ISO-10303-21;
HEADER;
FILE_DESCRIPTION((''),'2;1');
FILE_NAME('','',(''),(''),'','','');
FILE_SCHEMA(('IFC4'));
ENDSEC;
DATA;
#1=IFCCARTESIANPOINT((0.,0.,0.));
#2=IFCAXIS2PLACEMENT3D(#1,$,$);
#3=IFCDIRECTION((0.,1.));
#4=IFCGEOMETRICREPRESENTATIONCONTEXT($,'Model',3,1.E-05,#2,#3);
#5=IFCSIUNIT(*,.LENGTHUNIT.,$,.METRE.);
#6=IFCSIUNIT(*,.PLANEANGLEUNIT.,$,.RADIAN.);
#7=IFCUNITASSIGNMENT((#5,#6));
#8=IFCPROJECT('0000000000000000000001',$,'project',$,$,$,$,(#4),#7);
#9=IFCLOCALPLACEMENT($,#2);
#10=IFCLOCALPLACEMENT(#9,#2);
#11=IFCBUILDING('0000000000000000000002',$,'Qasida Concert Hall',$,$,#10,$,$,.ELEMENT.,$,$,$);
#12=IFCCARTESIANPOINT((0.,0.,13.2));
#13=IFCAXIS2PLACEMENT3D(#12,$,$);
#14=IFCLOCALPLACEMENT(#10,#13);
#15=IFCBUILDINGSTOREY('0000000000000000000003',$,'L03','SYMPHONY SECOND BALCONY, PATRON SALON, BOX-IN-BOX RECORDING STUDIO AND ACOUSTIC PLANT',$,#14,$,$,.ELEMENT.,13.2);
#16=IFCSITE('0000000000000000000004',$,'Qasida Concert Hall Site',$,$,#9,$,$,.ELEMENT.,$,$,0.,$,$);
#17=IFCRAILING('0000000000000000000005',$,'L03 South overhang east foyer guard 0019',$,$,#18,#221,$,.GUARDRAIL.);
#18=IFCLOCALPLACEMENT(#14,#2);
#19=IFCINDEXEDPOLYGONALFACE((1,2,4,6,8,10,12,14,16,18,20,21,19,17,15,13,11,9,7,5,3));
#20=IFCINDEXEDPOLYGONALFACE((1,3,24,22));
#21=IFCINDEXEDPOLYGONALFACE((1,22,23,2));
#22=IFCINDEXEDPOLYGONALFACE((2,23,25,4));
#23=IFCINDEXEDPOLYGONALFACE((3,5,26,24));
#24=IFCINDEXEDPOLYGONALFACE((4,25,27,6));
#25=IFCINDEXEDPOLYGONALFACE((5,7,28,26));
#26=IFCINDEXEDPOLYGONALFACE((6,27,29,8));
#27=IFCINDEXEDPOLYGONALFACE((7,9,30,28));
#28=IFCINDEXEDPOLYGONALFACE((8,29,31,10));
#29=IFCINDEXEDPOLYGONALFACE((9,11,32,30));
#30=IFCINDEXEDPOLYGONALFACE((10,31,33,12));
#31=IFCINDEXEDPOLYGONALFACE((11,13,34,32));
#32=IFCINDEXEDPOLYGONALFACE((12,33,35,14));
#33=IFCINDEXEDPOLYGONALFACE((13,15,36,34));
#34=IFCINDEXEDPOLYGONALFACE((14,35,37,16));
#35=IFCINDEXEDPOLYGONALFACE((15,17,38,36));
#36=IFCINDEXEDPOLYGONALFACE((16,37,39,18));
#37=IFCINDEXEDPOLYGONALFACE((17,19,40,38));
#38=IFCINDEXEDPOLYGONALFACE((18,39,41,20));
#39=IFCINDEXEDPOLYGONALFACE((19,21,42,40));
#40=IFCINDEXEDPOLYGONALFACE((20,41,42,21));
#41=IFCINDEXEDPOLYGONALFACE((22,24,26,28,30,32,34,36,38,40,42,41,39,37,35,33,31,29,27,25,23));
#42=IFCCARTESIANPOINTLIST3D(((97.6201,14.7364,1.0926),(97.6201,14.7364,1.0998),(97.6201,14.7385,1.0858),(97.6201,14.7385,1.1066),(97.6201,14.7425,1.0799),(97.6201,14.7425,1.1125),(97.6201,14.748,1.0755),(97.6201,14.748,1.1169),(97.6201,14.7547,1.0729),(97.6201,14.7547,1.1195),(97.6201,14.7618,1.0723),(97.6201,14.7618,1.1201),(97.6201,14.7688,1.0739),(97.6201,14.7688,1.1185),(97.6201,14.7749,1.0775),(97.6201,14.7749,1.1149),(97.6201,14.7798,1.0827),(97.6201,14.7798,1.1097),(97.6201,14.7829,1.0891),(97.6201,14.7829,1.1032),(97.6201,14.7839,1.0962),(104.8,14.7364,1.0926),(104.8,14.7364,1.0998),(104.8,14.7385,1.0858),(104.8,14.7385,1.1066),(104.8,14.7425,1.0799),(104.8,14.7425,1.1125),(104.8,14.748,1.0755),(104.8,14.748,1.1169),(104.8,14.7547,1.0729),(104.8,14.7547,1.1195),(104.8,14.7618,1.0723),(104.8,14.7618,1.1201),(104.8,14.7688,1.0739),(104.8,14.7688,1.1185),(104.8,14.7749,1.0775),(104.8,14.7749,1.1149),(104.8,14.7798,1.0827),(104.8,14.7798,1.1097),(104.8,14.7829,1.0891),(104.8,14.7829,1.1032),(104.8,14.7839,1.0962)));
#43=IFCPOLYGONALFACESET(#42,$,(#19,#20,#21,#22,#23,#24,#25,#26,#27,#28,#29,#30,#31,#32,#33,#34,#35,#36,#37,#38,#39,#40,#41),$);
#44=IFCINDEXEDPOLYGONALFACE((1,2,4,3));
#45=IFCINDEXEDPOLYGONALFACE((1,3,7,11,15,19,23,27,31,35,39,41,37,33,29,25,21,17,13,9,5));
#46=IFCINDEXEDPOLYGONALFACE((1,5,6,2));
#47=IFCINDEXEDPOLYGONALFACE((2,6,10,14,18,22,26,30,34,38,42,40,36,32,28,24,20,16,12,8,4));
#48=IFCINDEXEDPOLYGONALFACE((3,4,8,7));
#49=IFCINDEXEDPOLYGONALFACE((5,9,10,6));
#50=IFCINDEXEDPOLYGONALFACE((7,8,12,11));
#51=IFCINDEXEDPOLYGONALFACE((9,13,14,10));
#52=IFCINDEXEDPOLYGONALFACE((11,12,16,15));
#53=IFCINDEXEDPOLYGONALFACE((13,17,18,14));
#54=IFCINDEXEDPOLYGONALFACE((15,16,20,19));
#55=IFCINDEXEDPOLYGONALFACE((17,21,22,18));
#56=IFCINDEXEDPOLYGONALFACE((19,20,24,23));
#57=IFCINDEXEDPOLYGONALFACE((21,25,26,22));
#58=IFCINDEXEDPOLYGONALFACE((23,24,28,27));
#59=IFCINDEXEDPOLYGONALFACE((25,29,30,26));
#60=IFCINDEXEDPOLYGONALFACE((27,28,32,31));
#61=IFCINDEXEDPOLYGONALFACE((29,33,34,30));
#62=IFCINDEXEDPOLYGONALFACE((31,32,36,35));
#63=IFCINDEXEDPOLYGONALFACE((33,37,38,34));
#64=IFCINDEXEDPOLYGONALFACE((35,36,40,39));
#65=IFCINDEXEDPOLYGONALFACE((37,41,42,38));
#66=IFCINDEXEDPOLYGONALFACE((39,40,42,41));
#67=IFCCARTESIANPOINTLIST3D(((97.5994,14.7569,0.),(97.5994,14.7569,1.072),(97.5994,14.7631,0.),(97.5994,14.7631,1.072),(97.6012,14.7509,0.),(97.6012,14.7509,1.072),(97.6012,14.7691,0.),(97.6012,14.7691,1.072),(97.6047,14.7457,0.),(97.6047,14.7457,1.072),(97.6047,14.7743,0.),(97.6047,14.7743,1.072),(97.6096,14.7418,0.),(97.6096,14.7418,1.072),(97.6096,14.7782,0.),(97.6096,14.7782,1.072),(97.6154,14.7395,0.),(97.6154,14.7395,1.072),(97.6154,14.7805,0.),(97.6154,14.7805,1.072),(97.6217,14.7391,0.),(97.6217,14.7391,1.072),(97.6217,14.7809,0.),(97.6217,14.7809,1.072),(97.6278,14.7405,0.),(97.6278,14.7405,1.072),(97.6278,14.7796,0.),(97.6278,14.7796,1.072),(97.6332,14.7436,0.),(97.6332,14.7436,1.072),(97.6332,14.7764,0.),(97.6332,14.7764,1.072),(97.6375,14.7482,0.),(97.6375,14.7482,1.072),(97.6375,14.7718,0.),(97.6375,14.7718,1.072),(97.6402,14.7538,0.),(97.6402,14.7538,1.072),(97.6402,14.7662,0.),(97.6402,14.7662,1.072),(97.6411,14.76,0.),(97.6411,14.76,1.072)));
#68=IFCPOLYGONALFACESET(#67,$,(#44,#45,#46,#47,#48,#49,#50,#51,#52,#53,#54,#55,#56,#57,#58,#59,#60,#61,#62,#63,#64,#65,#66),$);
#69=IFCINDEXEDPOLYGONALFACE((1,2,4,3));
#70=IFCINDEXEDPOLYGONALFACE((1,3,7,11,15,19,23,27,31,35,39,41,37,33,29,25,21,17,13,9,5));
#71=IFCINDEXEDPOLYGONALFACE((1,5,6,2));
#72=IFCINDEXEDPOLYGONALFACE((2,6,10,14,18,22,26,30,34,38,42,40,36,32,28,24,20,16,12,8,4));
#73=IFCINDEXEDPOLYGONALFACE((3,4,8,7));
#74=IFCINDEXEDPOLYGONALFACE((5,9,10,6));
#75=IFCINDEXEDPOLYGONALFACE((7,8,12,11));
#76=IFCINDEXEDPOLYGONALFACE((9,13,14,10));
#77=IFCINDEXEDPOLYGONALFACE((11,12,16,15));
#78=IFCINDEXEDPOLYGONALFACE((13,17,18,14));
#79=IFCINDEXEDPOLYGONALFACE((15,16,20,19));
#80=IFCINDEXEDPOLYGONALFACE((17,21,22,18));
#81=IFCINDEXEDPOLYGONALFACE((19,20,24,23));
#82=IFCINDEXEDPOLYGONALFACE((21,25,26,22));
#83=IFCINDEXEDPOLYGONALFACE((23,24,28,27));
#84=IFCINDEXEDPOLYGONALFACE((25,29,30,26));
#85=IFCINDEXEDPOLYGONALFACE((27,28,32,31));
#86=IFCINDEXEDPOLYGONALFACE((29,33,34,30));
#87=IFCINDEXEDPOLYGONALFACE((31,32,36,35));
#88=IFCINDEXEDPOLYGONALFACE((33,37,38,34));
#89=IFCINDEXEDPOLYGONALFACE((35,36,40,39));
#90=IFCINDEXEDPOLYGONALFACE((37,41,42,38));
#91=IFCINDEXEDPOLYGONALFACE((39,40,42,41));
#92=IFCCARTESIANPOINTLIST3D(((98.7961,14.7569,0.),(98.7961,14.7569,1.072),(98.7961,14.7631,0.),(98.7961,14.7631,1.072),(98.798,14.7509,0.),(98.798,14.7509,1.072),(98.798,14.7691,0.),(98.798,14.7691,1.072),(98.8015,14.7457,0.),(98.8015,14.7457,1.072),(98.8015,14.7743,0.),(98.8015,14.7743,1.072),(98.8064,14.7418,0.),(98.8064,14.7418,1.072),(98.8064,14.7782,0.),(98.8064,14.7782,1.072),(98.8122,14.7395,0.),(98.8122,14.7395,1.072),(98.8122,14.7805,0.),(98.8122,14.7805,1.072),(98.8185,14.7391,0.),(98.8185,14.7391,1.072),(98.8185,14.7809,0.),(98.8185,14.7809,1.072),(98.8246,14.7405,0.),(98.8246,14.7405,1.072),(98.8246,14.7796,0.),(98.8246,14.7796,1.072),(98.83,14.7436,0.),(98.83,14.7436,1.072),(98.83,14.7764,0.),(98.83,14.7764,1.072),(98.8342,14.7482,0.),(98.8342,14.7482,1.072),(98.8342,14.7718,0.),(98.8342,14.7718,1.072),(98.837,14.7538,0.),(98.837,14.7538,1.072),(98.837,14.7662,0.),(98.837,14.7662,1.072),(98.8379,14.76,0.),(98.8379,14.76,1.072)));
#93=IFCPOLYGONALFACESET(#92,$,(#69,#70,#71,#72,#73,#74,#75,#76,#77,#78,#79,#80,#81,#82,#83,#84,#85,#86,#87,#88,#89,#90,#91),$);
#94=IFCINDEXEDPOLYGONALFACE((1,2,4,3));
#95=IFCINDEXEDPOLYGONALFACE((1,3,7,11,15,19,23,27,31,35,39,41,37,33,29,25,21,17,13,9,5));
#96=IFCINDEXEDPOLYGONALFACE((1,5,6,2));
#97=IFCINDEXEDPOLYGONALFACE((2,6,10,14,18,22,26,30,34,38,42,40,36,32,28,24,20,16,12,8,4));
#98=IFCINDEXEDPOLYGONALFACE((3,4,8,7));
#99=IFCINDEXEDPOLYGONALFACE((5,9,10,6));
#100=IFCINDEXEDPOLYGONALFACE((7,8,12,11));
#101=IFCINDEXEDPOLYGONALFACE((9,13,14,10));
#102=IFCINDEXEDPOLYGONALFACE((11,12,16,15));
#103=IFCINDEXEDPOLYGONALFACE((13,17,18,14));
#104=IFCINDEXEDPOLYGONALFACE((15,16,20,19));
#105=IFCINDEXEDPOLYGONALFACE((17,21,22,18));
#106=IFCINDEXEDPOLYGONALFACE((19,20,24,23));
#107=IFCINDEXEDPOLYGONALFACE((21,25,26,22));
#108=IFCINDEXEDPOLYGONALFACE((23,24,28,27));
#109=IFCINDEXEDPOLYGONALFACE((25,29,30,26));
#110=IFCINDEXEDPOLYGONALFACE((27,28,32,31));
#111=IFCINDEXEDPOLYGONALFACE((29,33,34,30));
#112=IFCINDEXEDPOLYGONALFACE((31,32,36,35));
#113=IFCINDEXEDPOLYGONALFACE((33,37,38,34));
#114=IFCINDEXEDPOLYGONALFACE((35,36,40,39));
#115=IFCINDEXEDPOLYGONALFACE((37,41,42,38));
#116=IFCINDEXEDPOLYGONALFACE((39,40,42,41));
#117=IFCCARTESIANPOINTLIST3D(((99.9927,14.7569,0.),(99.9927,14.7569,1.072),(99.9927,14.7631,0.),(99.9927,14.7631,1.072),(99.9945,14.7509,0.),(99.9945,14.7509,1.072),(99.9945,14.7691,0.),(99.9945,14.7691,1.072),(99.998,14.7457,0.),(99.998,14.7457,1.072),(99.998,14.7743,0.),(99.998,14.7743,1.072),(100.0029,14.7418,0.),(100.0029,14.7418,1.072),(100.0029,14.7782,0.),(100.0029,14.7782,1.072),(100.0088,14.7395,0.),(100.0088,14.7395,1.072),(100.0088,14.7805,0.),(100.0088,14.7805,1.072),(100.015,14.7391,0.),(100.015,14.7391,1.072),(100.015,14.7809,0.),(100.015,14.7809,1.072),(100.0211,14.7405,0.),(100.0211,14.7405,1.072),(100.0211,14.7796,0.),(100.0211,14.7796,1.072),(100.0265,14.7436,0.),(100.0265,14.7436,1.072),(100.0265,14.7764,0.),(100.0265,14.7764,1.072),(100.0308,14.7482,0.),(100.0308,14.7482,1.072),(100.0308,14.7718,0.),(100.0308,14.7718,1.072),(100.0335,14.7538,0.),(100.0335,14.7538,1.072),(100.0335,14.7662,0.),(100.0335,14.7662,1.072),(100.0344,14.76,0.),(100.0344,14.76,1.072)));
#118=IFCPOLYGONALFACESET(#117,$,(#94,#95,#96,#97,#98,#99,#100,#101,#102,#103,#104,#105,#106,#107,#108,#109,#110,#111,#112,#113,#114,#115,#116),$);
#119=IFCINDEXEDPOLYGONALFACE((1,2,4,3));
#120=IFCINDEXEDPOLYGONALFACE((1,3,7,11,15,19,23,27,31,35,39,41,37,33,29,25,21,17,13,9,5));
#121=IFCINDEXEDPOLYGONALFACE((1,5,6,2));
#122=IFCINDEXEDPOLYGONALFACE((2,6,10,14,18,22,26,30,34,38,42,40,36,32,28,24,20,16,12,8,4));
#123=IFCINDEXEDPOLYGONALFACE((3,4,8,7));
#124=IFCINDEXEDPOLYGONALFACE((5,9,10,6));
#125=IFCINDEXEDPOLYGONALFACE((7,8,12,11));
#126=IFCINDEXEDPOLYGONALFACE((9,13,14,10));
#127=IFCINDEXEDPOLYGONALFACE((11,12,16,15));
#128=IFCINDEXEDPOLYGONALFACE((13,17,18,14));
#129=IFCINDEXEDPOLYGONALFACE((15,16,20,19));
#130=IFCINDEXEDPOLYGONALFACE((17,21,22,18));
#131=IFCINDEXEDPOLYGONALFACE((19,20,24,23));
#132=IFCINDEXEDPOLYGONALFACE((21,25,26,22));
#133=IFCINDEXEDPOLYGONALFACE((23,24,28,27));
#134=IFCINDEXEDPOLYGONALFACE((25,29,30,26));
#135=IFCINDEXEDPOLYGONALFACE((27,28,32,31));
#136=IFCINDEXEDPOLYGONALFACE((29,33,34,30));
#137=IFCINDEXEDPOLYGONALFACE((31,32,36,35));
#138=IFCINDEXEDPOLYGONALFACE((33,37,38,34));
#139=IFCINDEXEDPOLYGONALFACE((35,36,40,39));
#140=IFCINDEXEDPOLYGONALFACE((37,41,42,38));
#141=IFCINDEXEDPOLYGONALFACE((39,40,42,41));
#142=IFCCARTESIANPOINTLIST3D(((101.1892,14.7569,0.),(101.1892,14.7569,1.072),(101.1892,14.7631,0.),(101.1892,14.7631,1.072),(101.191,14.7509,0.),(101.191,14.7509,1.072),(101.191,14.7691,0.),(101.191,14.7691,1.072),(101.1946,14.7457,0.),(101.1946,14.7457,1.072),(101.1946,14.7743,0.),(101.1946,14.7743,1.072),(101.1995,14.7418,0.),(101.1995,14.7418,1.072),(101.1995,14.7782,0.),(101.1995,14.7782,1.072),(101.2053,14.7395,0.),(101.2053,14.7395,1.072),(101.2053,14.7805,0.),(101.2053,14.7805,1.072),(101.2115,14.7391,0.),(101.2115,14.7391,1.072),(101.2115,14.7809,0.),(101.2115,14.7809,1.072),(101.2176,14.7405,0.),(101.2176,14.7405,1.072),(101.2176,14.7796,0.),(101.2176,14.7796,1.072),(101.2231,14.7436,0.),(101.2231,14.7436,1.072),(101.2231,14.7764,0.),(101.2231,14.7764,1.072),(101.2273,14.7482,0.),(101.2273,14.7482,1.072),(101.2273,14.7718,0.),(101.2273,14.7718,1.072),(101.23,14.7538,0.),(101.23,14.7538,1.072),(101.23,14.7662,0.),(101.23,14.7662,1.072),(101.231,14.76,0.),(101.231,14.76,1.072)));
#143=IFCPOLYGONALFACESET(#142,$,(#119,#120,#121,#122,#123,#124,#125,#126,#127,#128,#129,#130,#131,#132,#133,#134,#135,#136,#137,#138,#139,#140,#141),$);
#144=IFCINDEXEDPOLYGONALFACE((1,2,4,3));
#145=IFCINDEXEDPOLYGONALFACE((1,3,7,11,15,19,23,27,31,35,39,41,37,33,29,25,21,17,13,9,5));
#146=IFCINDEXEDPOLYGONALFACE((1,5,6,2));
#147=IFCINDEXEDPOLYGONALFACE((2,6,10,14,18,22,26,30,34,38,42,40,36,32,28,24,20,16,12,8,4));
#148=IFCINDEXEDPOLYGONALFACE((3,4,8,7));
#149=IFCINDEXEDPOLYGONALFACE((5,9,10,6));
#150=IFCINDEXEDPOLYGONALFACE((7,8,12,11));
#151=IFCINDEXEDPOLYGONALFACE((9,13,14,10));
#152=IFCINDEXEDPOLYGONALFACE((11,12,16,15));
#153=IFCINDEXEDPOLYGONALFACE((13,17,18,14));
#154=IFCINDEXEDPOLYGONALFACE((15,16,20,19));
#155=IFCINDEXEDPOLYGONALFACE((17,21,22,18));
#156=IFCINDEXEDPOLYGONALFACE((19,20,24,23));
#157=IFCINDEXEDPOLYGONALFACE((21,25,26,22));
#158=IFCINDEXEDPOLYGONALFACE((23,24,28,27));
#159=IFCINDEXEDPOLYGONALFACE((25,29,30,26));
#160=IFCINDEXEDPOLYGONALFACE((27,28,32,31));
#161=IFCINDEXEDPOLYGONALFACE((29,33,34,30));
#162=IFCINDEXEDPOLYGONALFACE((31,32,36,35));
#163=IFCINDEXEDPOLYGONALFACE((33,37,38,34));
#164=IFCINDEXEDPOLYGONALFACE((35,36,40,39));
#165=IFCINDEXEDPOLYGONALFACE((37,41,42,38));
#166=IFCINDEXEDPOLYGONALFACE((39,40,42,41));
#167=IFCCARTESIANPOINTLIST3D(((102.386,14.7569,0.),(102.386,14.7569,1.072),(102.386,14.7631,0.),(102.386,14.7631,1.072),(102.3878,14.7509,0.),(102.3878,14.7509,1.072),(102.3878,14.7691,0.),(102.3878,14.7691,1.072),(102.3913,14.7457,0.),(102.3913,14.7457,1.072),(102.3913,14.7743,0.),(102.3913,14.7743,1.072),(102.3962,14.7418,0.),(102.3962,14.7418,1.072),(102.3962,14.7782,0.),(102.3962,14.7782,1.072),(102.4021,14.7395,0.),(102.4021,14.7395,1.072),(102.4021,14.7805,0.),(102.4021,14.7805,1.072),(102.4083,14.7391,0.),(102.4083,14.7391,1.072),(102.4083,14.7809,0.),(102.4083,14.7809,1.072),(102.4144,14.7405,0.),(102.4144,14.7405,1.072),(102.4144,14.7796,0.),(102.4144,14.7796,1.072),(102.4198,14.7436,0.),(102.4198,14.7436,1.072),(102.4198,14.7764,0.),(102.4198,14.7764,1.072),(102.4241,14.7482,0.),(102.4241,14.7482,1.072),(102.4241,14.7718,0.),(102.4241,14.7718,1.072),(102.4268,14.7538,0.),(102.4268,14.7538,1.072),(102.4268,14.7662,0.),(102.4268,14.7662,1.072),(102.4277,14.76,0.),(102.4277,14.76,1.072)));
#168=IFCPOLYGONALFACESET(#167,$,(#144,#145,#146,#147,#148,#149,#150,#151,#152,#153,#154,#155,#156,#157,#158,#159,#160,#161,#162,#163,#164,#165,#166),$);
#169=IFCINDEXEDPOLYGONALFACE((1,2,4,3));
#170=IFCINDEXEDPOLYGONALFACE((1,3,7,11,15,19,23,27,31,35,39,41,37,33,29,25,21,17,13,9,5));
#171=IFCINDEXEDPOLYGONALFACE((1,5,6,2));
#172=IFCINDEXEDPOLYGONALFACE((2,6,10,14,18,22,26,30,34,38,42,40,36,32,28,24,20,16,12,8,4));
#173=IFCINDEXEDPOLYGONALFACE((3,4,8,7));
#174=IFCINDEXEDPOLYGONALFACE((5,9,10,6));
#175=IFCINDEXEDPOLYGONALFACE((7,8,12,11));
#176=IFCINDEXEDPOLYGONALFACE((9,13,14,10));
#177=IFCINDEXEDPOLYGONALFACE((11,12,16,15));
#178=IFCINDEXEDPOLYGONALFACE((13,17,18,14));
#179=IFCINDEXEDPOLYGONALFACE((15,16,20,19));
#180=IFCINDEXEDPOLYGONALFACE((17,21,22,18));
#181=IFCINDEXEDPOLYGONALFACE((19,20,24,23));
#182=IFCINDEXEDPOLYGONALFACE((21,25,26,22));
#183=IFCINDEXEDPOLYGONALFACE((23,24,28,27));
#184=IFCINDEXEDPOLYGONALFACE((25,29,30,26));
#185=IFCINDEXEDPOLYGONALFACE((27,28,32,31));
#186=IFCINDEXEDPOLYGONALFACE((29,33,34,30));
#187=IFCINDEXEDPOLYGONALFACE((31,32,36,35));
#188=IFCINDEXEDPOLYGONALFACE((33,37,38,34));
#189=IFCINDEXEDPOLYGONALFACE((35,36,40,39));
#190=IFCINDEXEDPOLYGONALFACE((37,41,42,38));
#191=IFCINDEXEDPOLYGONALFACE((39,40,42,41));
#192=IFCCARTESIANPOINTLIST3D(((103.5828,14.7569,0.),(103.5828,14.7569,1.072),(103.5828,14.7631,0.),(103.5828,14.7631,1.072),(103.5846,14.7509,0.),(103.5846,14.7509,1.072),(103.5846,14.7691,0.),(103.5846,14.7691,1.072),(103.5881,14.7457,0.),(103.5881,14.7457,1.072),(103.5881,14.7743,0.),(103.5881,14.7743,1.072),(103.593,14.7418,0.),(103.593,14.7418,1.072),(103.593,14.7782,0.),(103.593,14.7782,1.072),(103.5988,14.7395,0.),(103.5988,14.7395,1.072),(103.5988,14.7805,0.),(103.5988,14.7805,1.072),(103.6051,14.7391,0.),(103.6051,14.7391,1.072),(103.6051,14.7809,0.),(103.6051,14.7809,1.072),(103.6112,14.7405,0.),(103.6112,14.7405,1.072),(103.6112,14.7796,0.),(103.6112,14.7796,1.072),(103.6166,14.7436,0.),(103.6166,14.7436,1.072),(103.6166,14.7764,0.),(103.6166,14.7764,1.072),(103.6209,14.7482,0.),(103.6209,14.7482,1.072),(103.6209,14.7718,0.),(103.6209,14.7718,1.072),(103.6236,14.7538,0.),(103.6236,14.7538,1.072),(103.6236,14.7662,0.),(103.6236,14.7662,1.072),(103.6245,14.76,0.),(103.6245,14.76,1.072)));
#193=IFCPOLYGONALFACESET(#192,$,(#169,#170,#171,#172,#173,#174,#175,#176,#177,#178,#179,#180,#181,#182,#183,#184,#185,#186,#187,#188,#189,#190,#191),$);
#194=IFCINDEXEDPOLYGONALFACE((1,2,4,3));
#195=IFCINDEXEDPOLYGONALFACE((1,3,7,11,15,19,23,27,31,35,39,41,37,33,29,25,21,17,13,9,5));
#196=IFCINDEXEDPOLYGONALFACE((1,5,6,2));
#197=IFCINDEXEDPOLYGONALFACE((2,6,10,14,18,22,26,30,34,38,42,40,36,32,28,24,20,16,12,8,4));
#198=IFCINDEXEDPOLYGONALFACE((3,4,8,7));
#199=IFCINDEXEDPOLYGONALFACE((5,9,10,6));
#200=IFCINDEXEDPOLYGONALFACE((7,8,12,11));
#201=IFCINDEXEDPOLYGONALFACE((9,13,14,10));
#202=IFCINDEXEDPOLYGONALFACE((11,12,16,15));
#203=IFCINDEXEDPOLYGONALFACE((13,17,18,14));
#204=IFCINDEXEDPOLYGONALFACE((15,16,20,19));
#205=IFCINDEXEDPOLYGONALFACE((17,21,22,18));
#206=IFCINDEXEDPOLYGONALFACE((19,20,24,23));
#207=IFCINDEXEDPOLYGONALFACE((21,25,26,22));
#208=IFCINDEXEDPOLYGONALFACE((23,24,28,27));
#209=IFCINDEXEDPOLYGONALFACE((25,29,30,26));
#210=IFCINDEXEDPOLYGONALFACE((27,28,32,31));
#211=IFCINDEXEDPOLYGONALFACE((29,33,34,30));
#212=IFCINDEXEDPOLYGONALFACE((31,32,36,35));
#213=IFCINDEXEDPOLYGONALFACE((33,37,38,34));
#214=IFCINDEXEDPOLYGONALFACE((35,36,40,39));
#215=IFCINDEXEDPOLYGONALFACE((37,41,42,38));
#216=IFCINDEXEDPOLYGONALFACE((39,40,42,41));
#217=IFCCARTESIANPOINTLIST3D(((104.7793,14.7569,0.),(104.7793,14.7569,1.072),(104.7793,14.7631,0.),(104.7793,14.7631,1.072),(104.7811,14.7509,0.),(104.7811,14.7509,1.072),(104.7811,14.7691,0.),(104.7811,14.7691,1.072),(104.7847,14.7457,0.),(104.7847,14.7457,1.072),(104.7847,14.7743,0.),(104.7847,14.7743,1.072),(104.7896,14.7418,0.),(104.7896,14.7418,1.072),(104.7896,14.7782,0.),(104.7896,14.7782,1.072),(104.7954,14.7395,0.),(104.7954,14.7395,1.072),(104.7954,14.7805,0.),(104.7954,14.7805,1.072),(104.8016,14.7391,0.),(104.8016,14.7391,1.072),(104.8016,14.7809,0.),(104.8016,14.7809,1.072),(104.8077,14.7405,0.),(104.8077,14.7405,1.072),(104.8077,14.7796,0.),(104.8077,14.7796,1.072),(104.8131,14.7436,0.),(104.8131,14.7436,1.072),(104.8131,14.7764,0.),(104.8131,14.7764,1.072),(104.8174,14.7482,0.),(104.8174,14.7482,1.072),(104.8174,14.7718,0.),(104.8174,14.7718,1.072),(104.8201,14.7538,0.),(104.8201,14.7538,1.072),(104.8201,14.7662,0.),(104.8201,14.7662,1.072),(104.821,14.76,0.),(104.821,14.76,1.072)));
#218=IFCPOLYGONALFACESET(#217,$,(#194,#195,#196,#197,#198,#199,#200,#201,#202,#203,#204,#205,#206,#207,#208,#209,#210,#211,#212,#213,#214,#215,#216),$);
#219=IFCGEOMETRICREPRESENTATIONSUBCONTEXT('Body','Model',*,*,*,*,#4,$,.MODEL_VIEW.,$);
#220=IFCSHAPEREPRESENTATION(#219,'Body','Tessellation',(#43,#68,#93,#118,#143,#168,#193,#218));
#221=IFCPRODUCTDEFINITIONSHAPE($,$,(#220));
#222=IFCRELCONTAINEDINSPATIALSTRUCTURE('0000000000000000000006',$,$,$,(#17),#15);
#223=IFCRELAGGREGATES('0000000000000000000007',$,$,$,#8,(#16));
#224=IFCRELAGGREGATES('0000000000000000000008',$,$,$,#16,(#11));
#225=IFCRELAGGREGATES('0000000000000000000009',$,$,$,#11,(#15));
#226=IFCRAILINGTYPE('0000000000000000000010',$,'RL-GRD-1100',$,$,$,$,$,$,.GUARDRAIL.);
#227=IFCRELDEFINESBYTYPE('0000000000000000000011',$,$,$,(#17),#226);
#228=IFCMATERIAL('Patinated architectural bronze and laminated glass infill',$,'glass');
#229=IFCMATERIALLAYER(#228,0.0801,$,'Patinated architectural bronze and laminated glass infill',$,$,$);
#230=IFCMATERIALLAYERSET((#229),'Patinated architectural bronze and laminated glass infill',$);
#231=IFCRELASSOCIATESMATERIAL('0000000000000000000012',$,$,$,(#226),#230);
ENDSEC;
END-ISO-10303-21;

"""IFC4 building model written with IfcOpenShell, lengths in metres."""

from ifc_helpers import new_model, si_unit, direction, frame, origin, origin_2d, place, context, subcontext, project, spatial, circle, extrude, material, layer, layer_set, type_object, element, save


model = new_model("IFC4")

# Units and contexts
model_context = context("Model", 3, precision=1e-05, world=origin(), true_north=direction((0.0, 1.0)))
body_context = subcontext(model_context, "Body", "Model", "MODEL_VIEW")
ifc_project = project(units=[si_unit("LENGTHUNIT", "METRE"), si_unit("PLANEANGLEUNIT", "RADIAN")], contexts=[model_context])

# Site, building, storey
site_placement = place(None, origin())
site = spatial("IfcSite", under=ifc_project, at=site_placement, Name="Qasida Concert Hall Site", CompositionType="ELEMENT", RefElevation=0.0)
building_placement = place(site_placement, origin())
building = spatial("IfcBuilding", under=site, at=building_placement, Name="Qasida Concert Hall", CompositionType="ELEMENT")
storey_placement = place(building_placement, frame((0.0, 0.0, 13.2)))
storey = spatial("IfcBuildingStorey", under=building, at=storey_placement, Name="L03", Description="SYMPHONY SECOND BALCONY, PATRON SALON, BOX-IN-BOX RECORDING STUDIO AND ACOUSTIC PLANT", CompositionType="ELEMENT", Elevation=13.2)

# Railing
ifc_material_1 = material(Name="Patinated architectural bronze and laminated glass infill", Category="glass")
ifc_layer_1 = layer(ifc_material_1, 0.0801, Name="Patinated architectural bronze and laminated glass infill")
ifc_layer_set_1 = layer_set([ifc_layer_1], Name="Patinated architectural bronze and laminated glass infill")
railing_type = type_object("IfcRailingType", Name="RL-GRD-1100", PredefinedType="GUARDRAIL", material=ifc_layer_set_1)
railing_placement = place(storey_placement, frame((97.6201, 14.76, 0.0)))
element("IfcRailing", 1, at=railing_placement, inside=storey, type_object=railing_type, Name="L03 South overhang east foyer guard 0019", PredefinedType="GUARDRAIL", context=body_context, shape_type="SweptSolid", body=[
    extrude(circle(Radius=0.0239, at=origin_2d()), frame((0.0, 0.0, 1.0962), z_axis=(1.0, 0.0, 0.0), x_axis=(0.0, 1.0, 0.0)), (0.0, 0.0, 1.0), 7.1799),
    extrude(circle(Radius=0.021, at=origin_2d()), origin(), (0.0, 0.0, 1.0), 1.072),
    extrude(circle(Radius=0.021, at=origin_2d()), frame((1.1968, 0.0, 0.0)), (0.0, 0.0, 1.0), 1.072),
    extrude(circle(Radius=0.021, at=origin_2d()), frame((2.3933, 0.0, 0.0)), (0.0, 0.0, 1.0), 1.072),
    extrude(circle(Radius=0.021, at=origin_2d()), frame((3.5898, 0.0, 0.0)), (0.0, 0.0, 1.0), 1.072),
    extrude(circle(Radius=0.021, at=origin_2d()), frame((4.7866, 0.0, 0.0)), (0.0, 0.0, 1.0), 1.072),
    extrude(circle(Radius=0.021, at=origin_2d()), frame((5.9834, 0.0, 0.0)), (0.0, 0.0, 1.0), 1.072),
    extrude(circle(Radius=0.021, at=origin_2d()), frame((7.1799, 0.0, 0.0)), (0.0, 0.0, 1.0), 1.072),
])

save(model, "model.ifc")
